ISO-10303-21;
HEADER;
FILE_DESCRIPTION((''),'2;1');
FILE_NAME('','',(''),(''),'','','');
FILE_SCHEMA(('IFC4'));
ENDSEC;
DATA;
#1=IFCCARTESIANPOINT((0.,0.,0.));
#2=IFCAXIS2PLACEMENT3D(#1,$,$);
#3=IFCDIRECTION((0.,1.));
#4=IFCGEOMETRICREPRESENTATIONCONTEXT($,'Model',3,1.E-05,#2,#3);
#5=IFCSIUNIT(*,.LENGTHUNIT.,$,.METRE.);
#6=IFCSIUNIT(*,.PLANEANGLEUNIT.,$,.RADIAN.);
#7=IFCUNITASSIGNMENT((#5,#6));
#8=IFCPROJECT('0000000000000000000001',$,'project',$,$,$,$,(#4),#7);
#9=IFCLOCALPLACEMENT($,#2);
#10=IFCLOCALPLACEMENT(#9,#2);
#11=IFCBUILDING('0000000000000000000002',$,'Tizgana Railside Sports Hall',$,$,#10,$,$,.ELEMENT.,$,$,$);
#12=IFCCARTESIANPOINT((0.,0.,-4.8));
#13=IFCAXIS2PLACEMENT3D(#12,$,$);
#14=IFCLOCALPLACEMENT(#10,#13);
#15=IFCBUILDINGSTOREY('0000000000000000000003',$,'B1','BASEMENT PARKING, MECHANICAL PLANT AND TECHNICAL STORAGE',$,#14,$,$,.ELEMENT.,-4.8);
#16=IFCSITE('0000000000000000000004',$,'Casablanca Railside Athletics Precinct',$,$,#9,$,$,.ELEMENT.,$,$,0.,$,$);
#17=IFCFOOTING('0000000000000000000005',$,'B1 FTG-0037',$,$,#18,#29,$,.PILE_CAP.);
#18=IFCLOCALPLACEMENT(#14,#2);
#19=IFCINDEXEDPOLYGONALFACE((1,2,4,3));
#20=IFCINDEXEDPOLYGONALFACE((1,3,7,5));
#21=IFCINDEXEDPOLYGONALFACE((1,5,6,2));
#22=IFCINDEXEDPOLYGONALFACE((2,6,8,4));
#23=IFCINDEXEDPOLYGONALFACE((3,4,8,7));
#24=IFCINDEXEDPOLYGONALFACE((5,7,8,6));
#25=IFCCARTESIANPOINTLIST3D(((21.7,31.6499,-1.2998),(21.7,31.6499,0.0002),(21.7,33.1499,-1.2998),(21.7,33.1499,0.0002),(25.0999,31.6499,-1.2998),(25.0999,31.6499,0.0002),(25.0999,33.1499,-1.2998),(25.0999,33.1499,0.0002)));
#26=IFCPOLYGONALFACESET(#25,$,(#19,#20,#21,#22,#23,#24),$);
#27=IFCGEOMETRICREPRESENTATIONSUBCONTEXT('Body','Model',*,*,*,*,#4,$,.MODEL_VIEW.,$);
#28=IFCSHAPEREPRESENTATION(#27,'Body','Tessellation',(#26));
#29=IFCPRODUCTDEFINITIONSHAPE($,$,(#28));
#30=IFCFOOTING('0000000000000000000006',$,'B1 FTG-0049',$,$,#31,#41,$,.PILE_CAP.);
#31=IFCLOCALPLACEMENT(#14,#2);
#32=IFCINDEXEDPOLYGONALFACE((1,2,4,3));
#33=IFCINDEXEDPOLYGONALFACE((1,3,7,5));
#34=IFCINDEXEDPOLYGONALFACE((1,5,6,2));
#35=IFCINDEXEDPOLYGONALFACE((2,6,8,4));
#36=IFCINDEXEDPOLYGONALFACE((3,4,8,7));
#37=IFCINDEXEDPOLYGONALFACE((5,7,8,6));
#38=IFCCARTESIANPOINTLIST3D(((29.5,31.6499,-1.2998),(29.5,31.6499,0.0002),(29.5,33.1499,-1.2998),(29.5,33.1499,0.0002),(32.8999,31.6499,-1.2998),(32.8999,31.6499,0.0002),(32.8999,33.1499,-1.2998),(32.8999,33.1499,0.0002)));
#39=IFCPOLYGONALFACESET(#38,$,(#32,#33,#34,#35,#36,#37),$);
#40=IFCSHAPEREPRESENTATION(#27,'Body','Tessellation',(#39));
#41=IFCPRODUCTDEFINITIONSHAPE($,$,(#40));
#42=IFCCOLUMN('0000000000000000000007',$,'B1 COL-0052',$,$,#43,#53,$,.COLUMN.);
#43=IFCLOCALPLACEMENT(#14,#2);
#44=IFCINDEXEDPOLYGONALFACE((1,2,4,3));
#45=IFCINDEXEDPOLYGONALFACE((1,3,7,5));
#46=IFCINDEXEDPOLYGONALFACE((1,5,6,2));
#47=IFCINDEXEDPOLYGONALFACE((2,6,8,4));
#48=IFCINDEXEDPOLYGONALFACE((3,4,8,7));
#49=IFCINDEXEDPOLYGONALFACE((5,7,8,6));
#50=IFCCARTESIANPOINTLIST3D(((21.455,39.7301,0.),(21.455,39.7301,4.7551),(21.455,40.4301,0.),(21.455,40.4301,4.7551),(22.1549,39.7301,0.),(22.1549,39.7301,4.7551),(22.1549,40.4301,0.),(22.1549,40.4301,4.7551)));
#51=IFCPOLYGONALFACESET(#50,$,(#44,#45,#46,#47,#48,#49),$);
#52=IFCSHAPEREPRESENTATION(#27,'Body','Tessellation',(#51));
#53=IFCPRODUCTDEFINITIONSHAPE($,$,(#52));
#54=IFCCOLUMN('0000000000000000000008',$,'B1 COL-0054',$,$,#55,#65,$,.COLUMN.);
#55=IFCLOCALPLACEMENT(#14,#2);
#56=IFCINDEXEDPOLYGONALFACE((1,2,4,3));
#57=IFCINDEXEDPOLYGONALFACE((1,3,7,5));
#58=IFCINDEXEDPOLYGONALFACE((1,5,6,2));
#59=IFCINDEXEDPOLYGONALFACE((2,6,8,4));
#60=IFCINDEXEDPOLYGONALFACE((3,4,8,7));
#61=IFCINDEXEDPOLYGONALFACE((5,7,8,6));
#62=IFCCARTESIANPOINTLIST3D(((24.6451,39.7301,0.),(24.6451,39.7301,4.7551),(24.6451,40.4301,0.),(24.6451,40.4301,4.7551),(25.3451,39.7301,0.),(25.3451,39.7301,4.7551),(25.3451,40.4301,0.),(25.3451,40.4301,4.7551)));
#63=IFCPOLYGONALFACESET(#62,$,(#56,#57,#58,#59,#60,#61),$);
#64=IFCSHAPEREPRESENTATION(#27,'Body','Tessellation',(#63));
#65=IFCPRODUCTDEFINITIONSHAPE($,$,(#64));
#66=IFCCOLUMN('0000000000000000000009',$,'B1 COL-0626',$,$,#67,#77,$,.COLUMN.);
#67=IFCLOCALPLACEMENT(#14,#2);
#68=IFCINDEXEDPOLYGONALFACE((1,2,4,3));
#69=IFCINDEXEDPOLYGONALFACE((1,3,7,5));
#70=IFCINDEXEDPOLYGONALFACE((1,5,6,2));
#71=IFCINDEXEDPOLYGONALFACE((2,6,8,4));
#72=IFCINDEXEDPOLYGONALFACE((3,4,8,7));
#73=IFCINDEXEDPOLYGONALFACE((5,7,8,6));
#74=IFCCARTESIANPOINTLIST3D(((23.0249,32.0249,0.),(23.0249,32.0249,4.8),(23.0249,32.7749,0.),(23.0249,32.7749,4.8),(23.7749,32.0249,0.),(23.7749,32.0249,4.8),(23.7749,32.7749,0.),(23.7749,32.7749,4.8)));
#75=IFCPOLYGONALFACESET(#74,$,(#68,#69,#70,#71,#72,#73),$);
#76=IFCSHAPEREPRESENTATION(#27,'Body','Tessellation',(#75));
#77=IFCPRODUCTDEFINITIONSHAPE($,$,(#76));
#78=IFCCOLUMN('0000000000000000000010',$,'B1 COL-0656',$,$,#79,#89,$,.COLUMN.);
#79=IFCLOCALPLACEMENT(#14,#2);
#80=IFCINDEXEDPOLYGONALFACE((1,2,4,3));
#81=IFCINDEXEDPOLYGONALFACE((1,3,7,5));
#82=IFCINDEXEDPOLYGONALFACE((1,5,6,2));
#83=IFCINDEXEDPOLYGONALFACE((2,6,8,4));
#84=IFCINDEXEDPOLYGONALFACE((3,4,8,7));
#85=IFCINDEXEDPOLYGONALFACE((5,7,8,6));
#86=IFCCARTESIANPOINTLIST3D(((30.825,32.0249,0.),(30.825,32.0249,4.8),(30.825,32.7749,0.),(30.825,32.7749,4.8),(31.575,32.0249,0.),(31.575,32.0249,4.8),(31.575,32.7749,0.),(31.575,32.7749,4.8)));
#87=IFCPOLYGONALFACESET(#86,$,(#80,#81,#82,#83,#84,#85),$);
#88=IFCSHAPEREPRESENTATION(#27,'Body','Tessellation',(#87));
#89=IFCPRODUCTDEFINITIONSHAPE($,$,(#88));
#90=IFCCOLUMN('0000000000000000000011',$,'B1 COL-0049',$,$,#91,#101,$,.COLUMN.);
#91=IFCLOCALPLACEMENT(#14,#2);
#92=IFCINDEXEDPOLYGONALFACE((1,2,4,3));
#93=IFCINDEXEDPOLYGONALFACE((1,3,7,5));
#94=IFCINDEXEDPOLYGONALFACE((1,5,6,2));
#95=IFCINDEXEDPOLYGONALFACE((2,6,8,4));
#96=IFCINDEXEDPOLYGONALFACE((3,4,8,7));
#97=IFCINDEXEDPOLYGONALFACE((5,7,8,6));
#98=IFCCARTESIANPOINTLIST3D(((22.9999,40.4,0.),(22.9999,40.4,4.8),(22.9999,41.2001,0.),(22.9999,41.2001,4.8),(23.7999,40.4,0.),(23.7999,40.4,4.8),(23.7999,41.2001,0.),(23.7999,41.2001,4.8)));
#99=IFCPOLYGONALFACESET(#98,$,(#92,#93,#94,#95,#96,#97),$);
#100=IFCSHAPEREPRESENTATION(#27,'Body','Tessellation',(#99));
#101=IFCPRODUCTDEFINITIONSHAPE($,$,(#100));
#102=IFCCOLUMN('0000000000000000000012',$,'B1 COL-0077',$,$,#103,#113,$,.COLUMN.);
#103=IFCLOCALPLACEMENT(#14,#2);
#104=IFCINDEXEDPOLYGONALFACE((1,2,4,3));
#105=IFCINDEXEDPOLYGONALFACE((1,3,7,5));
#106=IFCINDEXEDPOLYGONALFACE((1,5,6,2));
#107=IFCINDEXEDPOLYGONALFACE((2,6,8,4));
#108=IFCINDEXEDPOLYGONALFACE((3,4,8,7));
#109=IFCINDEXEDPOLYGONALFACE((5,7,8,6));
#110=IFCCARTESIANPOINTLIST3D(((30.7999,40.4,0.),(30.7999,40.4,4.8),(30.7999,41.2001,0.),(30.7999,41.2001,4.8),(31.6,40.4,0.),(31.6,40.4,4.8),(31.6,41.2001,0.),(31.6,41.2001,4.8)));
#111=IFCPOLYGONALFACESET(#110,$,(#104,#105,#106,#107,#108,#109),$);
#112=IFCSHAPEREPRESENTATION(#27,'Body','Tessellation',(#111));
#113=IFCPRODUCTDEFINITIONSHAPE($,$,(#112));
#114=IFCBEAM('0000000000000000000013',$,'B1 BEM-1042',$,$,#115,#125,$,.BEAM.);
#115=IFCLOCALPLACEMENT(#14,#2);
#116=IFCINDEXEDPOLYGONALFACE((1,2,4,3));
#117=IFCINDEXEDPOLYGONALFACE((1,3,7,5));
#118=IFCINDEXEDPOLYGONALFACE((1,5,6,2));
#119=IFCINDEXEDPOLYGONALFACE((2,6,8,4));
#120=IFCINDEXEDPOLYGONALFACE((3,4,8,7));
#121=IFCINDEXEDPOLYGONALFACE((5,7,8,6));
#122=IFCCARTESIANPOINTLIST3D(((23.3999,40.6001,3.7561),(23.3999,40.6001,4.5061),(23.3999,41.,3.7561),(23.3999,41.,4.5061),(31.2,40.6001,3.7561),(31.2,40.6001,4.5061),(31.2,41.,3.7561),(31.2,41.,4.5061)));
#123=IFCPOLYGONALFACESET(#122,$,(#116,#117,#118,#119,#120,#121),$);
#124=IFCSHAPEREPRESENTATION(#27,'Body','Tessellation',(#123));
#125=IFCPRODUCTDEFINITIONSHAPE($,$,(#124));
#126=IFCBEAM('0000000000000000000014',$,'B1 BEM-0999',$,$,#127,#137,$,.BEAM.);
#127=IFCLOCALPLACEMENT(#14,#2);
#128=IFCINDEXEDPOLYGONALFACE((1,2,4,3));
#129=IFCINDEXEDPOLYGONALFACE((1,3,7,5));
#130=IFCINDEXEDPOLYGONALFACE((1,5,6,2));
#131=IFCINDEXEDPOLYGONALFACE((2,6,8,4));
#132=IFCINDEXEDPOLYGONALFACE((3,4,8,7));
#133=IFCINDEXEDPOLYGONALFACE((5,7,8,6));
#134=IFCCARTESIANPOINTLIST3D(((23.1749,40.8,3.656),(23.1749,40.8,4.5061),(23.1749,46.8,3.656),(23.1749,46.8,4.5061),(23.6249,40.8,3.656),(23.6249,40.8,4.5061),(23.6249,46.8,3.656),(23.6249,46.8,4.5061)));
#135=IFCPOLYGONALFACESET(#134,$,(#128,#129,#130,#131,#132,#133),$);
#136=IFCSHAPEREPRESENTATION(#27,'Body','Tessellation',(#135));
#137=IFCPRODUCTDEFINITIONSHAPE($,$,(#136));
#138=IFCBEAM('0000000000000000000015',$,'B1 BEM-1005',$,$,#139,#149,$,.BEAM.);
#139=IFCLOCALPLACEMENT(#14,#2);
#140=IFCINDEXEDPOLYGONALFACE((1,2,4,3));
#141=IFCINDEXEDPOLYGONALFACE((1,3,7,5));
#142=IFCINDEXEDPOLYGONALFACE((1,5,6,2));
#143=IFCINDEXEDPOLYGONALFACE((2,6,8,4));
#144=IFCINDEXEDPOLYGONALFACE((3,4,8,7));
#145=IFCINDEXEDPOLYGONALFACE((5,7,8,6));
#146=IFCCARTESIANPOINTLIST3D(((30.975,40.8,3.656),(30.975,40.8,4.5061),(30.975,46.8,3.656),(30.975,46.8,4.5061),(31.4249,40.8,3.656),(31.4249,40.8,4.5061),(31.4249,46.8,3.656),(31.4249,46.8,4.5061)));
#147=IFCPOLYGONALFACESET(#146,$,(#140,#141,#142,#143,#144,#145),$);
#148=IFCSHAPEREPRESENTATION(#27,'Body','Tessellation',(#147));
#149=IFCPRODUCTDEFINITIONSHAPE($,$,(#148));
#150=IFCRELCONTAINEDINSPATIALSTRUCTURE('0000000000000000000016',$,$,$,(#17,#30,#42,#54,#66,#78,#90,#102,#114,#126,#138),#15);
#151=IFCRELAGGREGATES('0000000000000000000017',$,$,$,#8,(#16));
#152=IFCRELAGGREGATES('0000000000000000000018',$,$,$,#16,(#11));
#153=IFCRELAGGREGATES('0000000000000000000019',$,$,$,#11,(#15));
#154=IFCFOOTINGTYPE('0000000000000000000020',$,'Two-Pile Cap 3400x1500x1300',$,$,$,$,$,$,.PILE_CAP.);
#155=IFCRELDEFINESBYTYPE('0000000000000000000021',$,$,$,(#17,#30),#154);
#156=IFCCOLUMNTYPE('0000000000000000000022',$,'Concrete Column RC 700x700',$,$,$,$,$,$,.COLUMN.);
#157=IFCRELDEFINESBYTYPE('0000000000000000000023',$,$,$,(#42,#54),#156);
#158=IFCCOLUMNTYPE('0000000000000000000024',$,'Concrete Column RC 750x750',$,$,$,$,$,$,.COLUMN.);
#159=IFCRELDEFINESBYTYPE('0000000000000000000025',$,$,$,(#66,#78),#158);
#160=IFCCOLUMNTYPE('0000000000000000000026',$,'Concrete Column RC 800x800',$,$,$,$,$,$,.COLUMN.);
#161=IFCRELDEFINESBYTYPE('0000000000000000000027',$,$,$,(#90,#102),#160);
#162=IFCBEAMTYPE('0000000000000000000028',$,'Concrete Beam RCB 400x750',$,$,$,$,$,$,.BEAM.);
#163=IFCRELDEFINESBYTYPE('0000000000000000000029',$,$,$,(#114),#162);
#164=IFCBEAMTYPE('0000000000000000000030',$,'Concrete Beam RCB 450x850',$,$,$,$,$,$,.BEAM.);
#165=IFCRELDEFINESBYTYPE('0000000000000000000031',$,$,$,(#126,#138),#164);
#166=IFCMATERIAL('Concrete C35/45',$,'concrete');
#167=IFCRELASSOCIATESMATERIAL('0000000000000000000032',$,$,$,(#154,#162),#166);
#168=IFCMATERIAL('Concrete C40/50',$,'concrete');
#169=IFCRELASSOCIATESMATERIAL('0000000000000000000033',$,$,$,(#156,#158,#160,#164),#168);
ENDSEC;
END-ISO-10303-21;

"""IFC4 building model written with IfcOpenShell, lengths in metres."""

from ifc_helpers import new_model, si_unit, direction, frame, origin, origin_2d, place, context, subcontext, project, spatial, rectangle, extrude, material, material_profile, profile_set, type_object, element, save


model = new_model("IFC4")

# Units and contexts
model_context = context("Model", 3, precision=1e-05, world=origin(), true_north=direction((0.0, 1.0)))
body_context = subcontext(model_context, "Body", "Model", "MODEL_VIEW")
ifc_project = project(units=[si_unit("LENGTHUNIT", "METRE"), si_unit("PLANEANGLEUNIT", "RADIAN")], contexts=[model_context])

# Site, building, storey
site_placement = place(None, origin())
site = spatial("IfcSite", under=ifc_project, at=site_placement, Name="Casablanca Railside Athletics Precinct", CompositionType="ELEMENT", RefElevation=0.0)
building_placement = place(site_placement, origin())
building = spatial("IfcBuilding", under=site, at=building_placement, Name="Tizgana Railside Sports Hall", CompositionType="ELEMENT")
storey_placement = place(building_placement, frame((0.0, 0.0, -4.8)))
storey = spatial("IfcBuildingStorey", under=building, at=storey_placement, Name="B1", Description="BASEMENT PARKING, MECHANICAL PLANT AND TECHNICAL STORAGE", CompositionType="ELEMENT", Elevation=-4.8)

# Shared definitions
ifc_material_1 = material(Name="Concrete C35/45", Category="concrete")

# Footings
footing_type_1 = type_object("IfcFootingType", Name="Two-Pile Cap 3400x1500x1300", PredefinedType="PILE_CAP", material=ifc_material_1)
for number, where, z_axis, x_axis, name in (
    (1, (23.3999, 32.3999, -1.2998), (0.0, 0.0, 1.0), (1.0, 0.0, 0.0), "B1 FTG-0037"),
    (2, (31.2, 32.3999, -1.2998), (0.0, 0.0, 1.0), (1.0, 0.0, 0.0), "B1 FTG-0049"),
):
    element("IfcFooting", number, at=place(storey_placement, frame(where, z_axis=z_axis, x_axis=x_axis)), inside=storey, type_object=footing_type_1, Name=name, PredefinedType="PILE_CAP", context=body_context, shape_type="SweptSolid", body=[
        extrude(rectangle(XDim=3.3999, YDim=1.5, at=origin_2d()), origin(), (0.0, 0.0, 1.0), 1.3),
    ])

# Columns
ifc_material_2 = material(Name="Concrete C40/50", Category="concrete")
ifc_material_profile_1 = material_profile(ifc_material_2, rectangle(XDim=0.7, YDim=0.7, at=origin_2d()), Name="RC 700x700")
ifc_profile_set_1 = profile_set([ifc_material_profile_1], Name="Concrete C40/50")
column_type_1 = type_object("IfcColumnType", Name="Concrete Column RC 700x700", PredefinedType="COLUMN", material=ifc_profile_set_1)
for number, where, z_axis, x_axis, name in (
    (3, (21.8049, 40.0801, 0.0), (0.0, 0.0, 1.0), (1.0, 0.0, 0.0), "B1 COL-0052"),
    (4, (24.9951, 40.0801, 0.0), (0.0, 0.0, 1.0), (1.0, 0.0, 0.0), "B1 COL-0054"),
):
    element("IfcColumn", number, at=place(storey_placement, frame(where, z_axis=z_axis, x_axis=x_axis)), inside=storey, type_object=column_type_1, Name=name, PredefinedType="COLUMN", context=body_context, shape_type="SweptSolid", body=[
        extrude(rectangle(XDim=0.7, YDim=0.7, at=origin_2d()), origin(), (0.0, 0.0, 1.0), 4.7551),
    ])
ifc_material_profile_2 = material_profile(ifc_material_2, rectangle(XDim=0.75, YDim=0.75, at=origin_2d()), Name="RC 750x750")
ifc_profile_set_2 = profile_set([ifc_material_profile_2], Name="Concrete C40/50")
column_type_2 = type_object("IfcColumnType", Name="Concrete Column RC 750x750", PredefinedType="COLUMN", material=ifc_profile_set_2)
for number, where, z_axis, x_axis, name in (
    (5, (23.3999, 32.3999, 0.0), (0.0, 0.0, 1.0), (1.0, 0.0, 0.0), "B1 COL-0626"),
    (6, (31.2, 32.3999, 0.0), (0.0, 0.0, 1.0), (1.0, 0.0, 0.0), "B1 COL-0656"),
):
    element("IfcColumn", number, at=place(storey_placement, frame(where, z_axis=z_axis, x_axis=x_axis)), inside=storey, type_object=column_type_2, Name=name, PredefinedType="COLUMN", context=body_context, shape_type="SweptSolid", body=[
        extrude(rectangle(XDim=0.75, YDim=0.75, at=origin_2d()), origin(), (0.0, 0.0, 1.0), 4.8),
    ])
ifc_material_profile_3 = material_profile(ifc_material_2, rectangle(XDim=0.8, YDim=0.8, at=origin_2d()), Name="RC 800x800")
ifc_profile_set_3 = profile_set([ifc_material_profile_3], Name="Concrete C40/50")
column_type_3 = type_object("IfcColumnType", Name="Concrete Column RC 800x800", PredefinedType="COLUMN", material=ifc_profile_set_3)
for number, where, z_axis, x_axis, name in (
    (7, (23.3999, 40.8, 0.0), (0.0, 0.0, 1.0), (1.0, 0.0, 0.0), "B1 COL-0049"),
    (8, (31.2, 40.8, 0.0), (0.0, 0.0, 1.0), (1.0, 0.0, 0.0), "B1 COL-0077"),
):
    element("IfcColumn", number, at=place(storey_placement, frame(where, z_axis=z_axis, x_axis=x_axis)), inside=storey, type_object=column_type_3, Name=name, PredefinedType="COLUMN", context=body_context, shape_type="SweptSolid", body=[
        extrude(rectangle(XDim=0.8, YDim=0.8, at=origin_2d()), origin(), (0.0, 0.0, 1.0), 4.8),
    ])

# Beams
ifc_material_profile_4 = material_profile(ifc_material_1, rectangle(XDim=0.3999, YDim=0.75, at=origin_2d()), Name="RCB 400x750")
ifc_profile_set_4 = profile_set([ifc_material_profile_4], Name="Concrete C35/45")
beam_type_1 = type_object("IfcBeamType", Name="Concrete Beam RCB 400x750", PredefinedType="BEAM", material=ifc_profile_set_4)
beam_placement = place(storey_placement, frame((23.3999, 40.8, 4.1311), z_axis=(1.0, 0.0, 0.0), x_axis=(0.0, 1.0, 0.0)))
element("IfcBeam", 9, at=beam_placement, inside=storey, type_object=beam_type_1, Name="B1 BEM-1042", PredefinedType="BEAM", context=body_context, shape_type="SweptSolid", body=[
    extrude(rectangle(XDim=0.3999, YDim=0.75, at=origin_2d()), origin(), (0.0, 0.0, 1.0), 7.8),
])
ifc_material_profile_5 = material_profile(ifc_material_2, rectangle(XDim=0.45, YDim=0.8501, at=origin_2d()), Name="RCB 450x850")
ifc_profile_set_5 = profile_set([ifc_material_profile_5], Name="Concrete C40/50")
beam_type_2 = type_object("IfcBeamType", Name="Concrete Beam RCB 450x850", PredefinedType="BEAM", material=ifc_profile_set_5)
for number, where, z_axis, x_axis, name in (
    (10, (23.3999, 40.8, 4.0811), (0.0, 1.0, 0.0), (-1.0, 0.0, 0.0), "B1 BEM-0999"),
    (11, (31.2, 40.8, 4.0811), (0.0, 1.0, 0.0), (-1.0, 0.0, 0.0), "B1 BEM-1005"),
):
    element("IfcBeam", number, at=place(storey_placement, frame(where, z_axis=z_axis, x_axis=x_axis)), inside=storey, type_object=beam_type_2, Name=name, PredefinedType="BEAM", context=body_context, shape_type="SweptSolid", body=[
        extrude(rectangle(XDim=0.45, YDim=0.8501, at=origin_2d()), origin(), (0.0, 0.0, 1.0), 6.0),
    ])

save(model, "model.ifc")
